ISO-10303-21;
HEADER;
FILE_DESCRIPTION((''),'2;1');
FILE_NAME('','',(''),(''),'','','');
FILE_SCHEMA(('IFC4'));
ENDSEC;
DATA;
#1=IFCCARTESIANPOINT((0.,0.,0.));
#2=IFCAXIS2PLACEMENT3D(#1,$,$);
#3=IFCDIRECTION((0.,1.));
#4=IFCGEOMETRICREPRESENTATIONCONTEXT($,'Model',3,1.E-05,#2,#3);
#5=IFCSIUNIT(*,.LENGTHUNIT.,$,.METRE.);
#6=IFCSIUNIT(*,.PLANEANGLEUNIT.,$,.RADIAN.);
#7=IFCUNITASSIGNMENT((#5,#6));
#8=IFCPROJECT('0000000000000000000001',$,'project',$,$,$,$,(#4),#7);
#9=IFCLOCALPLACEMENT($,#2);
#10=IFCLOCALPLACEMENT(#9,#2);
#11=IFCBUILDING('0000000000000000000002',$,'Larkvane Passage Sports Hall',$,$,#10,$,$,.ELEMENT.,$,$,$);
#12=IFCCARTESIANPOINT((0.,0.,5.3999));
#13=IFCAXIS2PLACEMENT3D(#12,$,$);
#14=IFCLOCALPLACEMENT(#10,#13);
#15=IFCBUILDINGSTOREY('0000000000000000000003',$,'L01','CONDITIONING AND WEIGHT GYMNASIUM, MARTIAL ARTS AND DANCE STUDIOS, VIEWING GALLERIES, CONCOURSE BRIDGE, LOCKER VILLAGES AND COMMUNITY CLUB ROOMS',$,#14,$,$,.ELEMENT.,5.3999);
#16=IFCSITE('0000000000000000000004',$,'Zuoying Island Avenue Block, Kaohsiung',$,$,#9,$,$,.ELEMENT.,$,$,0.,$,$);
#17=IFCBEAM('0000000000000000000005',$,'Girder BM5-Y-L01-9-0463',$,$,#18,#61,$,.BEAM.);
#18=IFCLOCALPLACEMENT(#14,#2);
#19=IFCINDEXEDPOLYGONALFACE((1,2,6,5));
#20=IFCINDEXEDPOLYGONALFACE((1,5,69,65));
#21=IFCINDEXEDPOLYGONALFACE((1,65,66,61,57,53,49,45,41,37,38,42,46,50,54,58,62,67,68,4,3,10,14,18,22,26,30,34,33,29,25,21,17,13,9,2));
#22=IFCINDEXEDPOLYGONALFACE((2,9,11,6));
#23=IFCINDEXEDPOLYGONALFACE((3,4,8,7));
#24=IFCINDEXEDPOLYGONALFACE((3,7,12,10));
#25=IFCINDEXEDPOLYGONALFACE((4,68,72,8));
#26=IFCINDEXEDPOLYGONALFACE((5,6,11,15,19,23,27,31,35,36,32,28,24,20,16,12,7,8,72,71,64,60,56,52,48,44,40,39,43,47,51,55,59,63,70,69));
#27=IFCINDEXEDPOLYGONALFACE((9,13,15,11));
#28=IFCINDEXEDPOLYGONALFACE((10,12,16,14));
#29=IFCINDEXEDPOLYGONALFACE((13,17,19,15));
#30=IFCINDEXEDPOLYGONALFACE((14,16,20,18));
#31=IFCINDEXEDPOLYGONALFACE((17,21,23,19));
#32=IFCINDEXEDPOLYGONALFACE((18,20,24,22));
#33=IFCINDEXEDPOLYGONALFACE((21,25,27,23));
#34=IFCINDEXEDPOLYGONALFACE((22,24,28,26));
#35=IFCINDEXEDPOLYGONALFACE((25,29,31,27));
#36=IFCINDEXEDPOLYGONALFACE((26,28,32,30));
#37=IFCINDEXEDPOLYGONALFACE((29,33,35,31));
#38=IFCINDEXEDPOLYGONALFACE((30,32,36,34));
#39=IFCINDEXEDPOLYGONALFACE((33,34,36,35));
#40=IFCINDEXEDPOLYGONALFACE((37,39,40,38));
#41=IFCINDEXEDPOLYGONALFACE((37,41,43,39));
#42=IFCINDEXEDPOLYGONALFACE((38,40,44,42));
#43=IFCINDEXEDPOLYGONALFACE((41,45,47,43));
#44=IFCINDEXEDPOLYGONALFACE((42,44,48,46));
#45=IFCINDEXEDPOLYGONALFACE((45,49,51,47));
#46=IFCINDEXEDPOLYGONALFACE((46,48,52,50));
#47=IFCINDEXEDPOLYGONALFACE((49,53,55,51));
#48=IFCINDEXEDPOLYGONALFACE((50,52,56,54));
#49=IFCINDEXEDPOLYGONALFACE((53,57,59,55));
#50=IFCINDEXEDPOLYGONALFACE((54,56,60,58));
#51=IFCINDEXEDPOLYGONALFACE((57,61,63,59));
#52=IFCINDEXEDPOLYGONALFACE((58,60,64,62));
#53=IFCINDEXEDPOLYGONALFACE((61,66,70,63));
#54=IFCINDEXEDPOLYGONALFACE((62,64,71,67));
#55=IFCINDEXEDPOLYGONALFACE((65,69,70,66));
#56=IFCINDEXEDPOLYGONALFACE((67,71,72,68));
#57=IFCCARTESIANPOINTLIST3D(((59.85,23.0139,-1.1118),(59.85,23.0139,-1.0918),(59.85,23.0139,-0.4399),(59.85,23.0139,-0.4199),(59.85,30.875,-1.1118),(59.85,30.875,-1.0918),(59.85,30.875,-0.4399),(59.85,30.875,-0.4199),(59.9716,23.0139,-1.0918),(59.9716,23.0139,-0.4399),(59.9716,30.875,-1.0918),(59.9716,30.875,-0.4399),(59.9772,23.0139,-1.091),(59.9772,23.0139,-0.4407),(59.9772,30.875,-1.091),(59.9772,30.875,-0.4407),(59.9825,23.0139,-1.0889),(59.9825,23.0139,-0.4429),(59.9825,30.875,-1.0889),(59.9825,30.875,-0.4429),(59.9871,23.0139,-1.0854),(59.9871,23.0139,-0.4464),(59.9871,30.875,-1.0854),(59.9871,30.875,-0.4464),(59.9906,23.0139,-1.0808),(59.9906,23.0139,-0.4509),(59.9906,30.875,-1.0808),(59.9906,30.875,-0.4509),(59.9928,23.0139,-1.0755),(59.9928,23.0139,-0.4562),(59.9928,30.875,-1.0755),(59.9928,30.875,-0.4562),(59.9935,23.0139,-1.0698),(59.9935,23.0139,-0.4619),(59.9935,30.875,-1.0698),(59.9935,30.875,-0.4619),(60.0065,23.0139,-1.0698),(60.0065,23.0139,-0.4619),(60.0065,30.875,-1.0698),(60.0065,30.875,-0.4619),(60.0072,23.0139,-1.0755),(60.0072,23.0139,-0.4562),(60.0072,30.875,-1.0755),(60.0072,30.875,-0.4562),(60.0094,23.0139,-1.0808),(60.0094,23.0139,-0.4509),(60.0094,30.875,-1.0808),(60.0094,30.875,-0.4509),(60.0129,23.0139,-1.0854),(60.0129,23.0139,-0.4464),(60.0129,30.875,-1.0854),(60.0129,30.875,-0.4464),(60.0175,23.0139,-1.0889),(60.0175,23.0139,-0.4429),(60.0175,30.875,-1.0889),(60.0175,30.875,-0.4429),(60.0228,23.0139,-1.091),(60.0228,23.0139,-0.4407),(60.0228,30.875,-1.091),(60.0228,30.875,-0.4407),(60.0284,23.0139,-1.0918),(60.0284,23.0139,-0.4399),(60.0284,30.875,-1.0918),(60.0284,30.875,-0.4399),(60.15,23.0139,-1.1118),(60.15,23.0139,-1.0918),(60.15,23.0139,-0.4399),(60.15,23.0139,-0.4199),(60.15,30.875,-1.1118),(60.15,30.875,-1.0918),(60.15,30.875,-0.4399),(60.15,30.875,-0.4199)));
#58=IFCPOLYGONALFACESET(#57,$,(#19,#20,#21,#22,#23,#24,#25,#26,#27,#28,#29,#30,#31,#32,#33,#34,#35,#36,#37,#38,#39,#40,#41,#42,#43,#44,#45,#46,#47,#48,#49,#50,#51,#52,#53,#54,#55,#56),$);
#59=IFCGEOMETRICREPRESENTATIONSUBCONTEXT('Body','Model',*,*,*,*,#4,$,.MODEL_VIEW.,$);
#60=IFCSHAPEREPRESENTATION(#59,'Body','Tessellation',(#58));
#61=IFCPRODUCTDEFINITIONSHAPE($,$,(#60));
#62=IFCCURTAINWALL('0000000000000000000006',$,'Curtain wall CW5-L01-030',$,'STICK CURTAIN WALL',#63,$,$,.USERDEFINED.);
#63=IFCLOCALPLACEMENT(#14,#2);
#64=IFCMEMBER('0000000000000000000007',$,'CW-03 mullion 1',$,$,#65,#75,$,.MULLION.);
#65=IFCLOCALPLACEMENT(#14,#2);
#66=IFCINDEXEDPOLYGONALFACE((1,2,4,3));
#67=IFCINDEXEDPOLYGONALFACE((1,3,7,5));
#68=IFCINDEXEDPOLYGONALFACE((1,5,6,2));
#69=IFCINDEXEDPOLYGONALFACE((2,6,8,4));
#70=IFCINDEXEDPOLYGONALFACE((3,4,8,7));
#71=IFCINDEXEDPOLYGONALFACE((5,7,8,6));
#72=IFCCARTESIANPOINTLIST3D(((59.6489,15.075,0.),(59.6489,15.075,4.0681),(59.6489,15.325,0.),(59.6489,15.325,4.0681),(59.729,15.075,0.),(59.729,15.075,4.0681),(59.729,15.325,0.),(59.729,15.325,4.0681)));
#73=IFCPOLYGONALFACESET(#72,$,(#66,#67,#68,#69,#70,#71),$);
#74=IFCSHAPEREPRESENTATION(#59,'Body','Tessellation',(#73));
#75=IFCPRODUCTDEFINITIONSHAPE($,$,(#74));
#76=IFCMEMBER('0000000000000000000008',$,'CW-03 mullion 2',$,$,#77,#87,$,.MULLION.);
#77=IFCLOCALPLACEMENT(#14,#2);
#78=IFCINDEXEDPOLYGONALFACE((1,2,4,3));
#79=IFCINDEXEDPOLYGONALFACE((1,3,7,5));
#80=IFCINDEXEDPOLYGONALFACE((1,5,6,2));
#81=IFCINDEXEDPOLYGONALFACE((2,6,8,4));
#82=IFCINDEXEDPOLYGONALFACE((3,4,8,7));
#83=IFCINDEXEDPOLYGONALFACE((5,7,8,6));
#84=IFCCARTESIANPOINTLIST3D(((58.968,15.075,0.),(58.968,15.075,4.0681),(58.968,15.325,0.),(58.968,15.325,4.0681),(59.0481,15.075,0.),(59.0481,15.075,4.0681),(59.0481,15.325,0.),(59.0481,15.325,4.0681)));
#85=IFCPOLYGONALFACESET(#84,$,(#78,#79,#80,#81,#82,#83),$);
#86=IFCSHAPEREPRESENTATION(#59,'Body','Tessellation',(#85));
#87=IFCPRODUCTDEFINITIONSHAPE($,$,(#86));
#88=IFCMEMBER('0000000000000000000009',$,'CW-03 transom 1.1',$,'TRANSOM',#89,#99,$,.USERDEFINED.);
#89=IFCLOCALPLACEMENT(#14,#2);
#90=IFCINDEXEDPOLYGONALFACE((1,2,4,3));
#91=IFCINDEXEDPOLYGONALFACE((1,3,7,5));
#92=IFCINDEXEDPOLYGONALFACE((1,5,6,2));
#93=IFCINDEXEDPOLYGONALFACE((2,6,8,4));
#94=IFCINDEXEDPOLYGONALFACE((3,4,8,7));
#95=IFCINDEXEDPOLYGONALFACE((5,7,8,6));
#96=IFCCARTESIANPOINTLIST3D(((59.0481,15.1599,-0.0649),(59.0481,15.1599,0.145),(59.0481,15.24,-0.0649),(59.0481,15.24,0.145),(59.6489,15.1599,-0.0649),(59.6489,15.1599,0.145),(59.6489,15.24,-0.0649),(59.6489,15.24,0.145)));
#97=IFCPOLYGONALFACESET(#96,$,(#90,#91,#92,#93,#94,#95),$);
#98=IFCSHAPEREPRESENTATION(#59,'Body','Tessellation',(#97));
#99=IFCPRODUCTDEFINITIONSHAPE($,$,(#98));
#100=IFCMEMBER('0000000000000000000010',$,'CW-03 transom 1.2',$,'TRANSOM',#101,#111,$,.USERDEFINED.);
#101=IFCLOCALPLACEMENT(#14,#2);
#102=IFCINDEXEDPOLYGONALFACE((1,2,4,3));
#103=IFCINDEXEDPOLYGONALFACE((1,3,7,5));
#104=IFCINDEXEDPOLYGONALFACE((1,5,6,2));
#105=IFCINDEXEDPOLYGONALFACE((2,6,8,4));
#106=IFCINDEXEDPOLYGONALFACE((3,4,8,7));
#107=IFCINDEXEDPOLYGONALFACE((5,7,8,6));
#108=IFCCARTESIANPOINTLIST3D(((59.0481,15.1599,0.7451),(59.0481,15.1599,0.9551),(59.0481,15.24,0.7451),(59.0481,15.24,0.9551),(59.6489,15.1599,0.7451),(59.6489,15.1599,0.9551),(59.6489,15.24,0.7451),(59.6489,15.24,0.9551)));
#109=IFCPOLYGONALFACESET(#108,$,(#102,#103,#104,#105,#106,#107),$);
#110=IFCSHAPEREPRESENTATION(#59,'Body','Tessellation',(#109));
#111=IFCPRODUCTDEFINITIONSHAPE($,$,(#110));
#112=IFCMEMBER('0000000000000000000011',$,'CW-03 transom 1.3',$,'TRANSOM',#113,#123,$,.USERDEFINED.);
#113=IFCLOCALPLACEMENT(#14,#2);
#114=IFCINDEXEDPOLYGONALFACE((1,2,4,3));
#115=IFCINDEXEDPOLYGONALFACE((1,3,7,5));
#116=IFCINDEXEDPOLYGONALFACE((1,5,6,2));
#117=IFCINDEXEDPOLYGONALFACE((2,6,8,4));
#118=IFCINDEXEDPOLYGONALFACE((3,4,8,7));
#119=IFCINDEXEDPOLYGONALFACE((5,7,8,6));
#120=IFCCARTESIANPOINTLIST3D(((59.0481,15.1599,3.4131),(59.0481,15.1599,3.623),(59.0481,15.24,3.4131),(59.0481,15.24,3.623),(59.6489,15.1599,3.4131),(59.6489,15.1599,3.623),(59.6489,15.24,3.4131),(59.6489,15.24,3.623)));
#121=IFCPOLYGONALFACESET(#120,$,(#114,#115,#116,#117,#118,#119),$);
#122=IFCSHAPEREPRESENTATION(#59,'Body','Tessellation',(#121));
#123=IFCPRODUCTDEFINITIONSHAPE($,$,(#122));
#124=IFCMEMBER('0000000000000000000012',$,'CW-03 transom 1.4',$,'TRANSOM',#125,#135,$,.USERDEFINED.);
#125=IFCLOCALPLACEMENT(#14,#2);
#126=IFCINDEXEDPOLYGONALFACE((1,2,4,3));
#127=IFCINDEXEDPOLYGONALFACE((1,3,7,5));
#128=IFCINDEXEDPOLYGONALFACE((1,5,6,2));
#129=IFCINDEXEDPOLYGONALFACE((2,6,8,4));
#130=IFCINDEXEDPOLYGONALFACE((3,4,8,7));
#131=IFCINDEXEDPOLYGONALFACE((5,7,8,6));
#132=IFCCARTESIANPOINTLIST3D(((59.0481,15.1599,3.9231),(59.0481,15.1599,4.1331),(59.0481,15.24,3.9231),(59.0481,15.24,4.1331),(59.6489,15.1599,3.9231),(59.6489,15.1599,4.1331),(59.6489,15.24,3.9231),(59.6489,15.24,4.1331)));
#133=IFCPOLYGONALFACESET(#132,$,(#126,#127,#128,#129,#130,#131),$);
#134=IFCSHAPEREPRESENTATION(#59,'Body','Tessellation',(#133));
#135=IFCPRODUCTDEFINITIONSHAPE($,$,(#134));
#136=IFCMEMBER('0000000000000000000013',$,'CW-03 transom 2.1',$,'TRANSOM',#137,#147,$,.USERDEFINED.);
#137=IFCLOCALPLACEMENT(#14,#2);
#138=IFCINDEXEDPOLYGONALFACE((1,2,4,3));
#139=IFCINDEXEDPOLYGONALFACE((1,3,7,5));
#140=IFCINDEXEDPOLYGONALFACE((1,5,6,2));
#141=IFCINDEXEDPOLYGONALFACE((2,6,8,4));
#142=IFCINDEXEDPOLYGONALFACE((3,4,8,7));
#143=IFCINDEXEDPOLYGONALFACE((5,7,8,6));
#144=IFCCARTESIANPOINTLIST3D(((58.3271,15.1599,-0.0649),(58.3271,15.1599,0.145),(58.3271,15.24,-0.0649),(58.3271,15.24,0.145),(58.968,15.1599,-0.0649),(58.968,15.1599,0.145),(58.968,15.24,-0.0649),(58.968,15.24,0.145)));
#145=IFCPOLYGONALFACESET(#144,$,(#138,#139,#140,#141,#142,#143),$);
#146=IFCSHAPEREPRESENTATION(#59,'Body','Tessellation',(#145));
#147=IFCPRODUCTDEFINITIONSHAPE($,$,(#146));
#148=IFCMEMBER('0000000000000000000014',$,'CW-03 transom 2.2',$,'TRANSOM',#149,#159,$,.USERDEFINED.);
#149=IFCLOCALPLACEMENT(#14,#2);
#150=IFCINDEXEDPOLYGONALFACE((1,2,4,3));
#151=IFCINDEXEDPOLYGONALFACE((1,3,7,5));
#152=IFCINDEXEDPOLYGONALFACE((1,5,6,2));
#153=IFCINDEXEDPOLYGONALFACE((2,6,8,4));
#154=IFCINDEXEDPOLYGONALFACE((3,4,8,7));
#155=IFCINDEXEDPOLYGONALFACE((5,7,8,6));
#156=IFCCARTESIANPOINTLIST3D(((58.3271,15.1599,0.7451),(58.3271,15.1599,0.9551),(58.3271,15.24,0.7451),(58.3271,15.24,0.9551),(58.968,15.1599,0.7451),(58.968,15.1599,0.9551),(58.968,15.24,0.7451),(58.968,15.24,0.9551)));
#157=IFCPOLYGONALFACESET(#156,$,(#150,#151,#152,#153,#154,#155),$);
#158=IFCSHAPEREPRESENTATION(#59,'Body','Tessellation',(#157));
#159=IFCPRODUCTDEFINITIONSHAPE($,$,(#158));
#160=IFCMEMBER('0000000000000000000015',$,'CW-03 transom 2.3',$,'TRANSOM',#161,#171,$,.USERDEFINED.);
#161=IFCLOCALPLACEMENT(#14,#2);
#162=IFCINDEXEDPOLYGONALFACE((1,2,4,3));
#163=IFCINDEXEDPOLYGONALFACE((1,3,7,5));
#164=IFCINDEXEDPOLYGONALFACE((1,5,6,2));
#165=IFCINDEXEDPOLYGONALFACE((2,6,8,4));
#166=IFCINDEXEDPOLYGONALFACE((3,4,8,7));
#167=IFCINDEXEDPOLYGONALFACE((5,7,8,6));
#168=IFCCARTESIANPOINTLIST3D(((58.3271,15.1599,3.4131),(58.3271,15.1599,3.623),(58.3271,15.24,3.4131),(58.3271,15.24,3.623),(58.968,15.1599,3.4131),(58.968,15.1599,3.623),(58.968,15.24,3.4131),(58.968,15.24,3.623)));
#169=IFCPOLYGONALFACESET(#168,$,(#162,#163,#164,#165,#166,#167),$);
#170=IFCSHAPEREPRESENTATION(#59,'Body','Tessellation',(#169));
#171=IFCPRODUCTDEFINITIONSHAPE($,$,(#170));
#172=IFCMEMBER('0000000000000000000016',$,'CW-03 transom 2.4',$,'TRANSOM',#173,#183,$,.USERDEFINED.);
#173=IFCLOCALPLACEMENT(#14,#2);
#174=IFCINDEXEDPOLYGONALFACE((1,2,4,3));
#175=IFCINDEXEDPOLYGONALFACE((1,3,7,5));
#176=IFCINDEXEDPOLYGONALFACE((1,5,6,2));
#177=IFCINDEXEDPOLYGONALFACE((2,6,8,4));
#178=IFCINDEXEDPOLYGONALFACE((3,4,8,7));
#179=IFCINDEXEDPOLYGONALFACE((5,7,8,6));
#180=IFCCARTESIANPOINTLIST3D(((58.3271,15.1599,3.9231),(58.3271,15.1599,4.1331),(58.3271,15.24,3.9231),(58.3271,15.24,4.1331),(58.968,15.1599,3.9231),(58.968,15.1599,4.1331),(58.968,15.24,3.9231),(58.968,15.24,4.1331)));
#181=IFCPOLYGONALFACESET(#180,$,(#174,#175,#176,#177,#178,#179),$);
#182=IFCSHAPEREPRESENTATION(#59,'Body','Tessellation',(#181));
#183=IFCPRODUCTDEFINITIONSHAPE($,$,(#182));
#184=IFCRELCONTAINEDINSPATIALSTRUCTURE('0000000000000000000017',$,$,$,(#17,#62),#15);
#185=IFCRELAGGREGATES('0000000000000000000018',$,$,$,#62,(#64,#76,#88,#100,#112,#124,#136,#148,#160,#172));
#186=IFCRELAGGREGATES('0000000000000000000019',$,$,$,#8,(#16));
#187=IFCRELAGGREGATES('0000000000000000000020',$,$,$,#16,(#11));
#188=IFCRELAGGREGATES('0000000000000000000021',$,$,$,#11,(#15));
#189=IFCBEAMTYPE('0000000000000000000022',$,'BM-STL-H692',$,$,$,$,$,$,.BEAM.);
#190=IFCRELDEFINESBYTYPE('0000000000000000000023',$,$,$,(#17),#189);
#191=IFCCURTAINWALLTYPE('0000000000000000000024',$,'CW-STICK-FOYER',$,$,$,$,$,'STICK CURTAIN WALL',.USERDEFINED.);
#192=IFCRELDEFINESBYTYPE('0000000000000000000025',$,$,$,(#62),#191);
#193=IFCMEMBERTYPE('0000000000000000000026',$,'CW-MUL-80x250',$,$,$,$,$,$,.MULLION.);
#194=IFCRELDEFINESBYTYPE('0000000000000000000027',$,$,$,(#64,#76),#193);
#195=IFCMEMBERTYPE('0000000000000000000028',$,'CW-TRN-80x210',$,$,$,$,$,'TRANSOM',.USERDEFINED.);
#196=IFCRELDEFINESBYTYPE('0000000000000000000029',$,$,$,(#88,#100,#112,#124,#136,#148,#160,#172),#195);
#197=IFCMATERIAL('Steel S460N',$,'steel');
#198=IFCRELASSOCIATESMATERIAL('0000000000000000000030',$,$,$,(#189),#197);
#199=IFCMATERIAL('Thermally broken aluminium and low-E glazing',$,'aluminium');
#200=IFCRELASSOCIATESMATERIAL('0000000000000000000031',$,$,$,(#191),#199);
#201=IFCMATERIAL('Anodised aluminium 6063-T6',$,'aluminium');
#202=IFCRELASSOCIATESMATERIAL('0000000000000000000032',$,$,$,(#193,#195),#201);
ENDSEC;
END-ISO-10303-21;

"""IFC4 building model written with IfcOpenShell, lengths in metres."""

from ifc_helpers import new_model, si_unit, direction, frame, origin, origin_2d, place, context, subcontext, project, spatial, rectangle, i_section, extrude, material, material_profile, profile_set, type_object, element, aggregate, save


model = new_model("IFC4")

# Units and contexts
model_context = context("Model", 3, precision=1e-05, world=origin(), true_north=direction((0.0, 1.0)))
body_context = subcontext(model_context, "Body", "Model", "MODEL_VIEW")
ifc_project = project(units=[si_unit("LENGTHUNIT", "METRE"), si_unit("PLANEANGLEUNIT", "RADIAN")], contexts=[model_context])

# Site, building, storey
site_placement = place(None, origin())
site = spatial("IfcSite", under=ifc_project, at=site_placement, Name="Zuoying Island Avenue Block, Kaohsiung", CompositionType="ELEMENT", RefElevation=0.0)
building_placement = place(site_placement, origin())
building = spatial("IfcBuilding", under=site, at=building_placement, Name="Larkvane Passage Sports Hall", CompositionType="ELEMENT")
storey_placement = place(building_placement, frame((0.0, 0.0, 5.3999)))
storey = spatial("IfcBuildingStorey", under=building, at=storey_placement, Name="L01", Description="CONDITIONING AND WEIGHT GYMNASIUM, MARTIAL ARTS AND DANCE STUDIOS, VIEWING GALLERIES, CONCOURSE BRIDGE, LOCKER VILLAGES AND COMMUNITY CLUB ROOMS", CompositionType="ELEMENT", Elevation=5.3999)

# Shared definitions
ifc_material_1 = material(Name="Steel S460N", Category="steel")

# Beam
ifc_material_profile_1 = material_profile(ifc_material_1, i_section(OverallWidth=0.3, OverallDepth=0.6919, WebThickness=0.0129, FlangeThickness=0.02, FilletRadius=0.022, at=origin_2d()), Name="H-692x300x13x20")
ifc_profile_set_1 = profile_set([ifc_material_profile_1], Name="Steel S460N")
beam_type_1 = type_object("IfcBeamType", Name="BM-STL-H692", PredefinedType="BEAM", material=ifc_profile_set_1)
beam_1_placement = place(storey_placement, frame((60.0, 23.0139, -0.7659), z_axis=(0.0, 1.0, 0.0), x_axis=(-1.0, 0.0, 0.0)))
element("IfcBeam", 1, at=beam_1_placement, inside=storey, type_object=beam_type_1, Name="Girder BM5-Y-L01-9-0463", PredefinedType="BEAM", context=body_context, shape_type="SweptSolid", body=[
    extrude(i_section(OverallWidth=0.3, OverallDepth=0.6919, WebThickness=0.0129, FlangeThickness=0.02, FilletRadius=0.022, at=origin_2d()), origin(), (0.0, 0.0, 1.0), 7.8611),
])

# Curtain wall, members
ifc_material_2 = material(Name="Thermally broken aluminium and low-E glazing", Category="aluminium")
curtain_wall_type = type_object("IfcCurtainWallType", Name="CW-STICK-FOYER", ElementType="STICK CURTAIN WALL", PredefinedType="USERDEFINED", material=ifc_material_2)
curtain_wall_placement = place(storey_placement, origin())
curtain_wall = element("IfcCurtainWall", 2, at=curtain_wall_placement, inside=storey, type_object=curtain_wall_type, Name="Curtain wall CW5-L01-030", ObjectType="STICK CURTAIN WALL", PredefinedType="USERDEFINED")
ifc_material_3 = material(Name="Anodised aluminium 6063-T6", Category="aluminium")
ifc_material_profile_2 = material_profile(ifc_material_3, rectangle(XDim=0.0801, YDim=0.25, at=origin_2d()), Name="ALU-MUL-80x250")
ifc_profile_set_2 = profile_set([ifc_material_profile_2], Name="Anodised aluminium 6063-T6")
member_type_1 = type_object("IfcMemberType", Name="CW-MUL-80x250", PredefinedType="MULLION", material=ifc_profile_set_2)
member_1_placement = place(storey_placement, frame((59.689, 15.2, 0.0), z_axis=(0.0, 0.0, 1.0), x_axis=(-1.0, 0.0, 0.0)))
member_1 = element("IfcMember", 3, at=member_1_placement, type_object=member_type_1, Name="CW-03 mullion 1", PredefinedType="MULLION", context=body_context, shape_type="SweptSolid", body=[
    extrude(rectangle(XDim=0.0801, YDim=0.25, at=origin_2d()), origin(), (0.0, 0.0, 1.0), 4.0681),
])
member_2_placement = place(storey_placement, frame((59.0081, 15.2, 0.0), z_axis=(0.0, 0.0, 1.0), x_axis=(-1.0, 0.0, 0.0)))
member_2 = element("IfcMember", 4, at=member_2_placement, type_object=member_type_1, Name="CW-03 mullion 2", PredefinedType="MULLION", context=body_context, shape_type="SweptSolid", body=[
    extrude(rectangle(XDim=0.0801, YDim=0.25, at=origin_2d()), origin(), (0.0, 0.0, 1.0), 4.0681),
])
ifc_material_profile_3 = material_profile(ifc_material_3, rectangle(XDim=0.0801, YDim=0.21, at=origin_2d()), Name="ALU-TRN-80x210")
ifc_profile_set_3 = profile_set([ifc_material_profile_3], Name="Anodised aluminium 6063-T6")
member_type_2 = type_object("IfcMemberType", Name="CW-TRN-80x210", ElementType="TRANSOM", PredefinedType="USERDEFINED", material=ifc_profile_set_3)
member_3_placement = place(storey_placement, frame((59.6489, 15.2, 0.04), z_axis=(-1.0, 0.0, 0.0), x_axis=(0.0, -1.0, 0.0)))
member_3 = element("IfcMember", 5, at=member_3_placement, type_object=member_type_2, Name="CW-03 transom 1.1", ObjectType="TRANSOM", PredefinedType="USERDEFINED", context=body_context, shape_type="SweptSolid", body=[
    extrude(rectangle(XDim=0.0801, YDim=0.21, at=origin_2d()), origin(), (0.0, 0.0, 1.0), 0.6008),
])
member_4_placement = place(storey_placement, frame((59.6489, 15.2, 0.8501), z_axis=(-1.0, 0.0, 0.0), x_axis=(0.0, -1.0, 0.0)))
member_4 = element("IfcMember", 6, at=member_4_placement, type_object=member_type_2, Name="CW-03 transom 1.2", ObjectType="TRANSOM", PredefinedType="USERDEFINED", context=body_context, shape_type="SweptSolid", body=[
    extrude(rectangle(XDim=0.0801, YDim=0.21, at=origin_2d()), origin(), (0.0, 0.0, 1.0), 0.6008),
])
member_5_placement = place(storey_placement, frame((59.6489, 15.2, 3.5181), z_axis=(-1.0, 0.0, 0.0), x_axis=(0.0, -1.0, 0.0)))
member_5 = element("IfcMember", 7, at=member_5_placement, type_object=member_type_2, Name="CW-03 transom 1.3", ObjectType="TRANSOM", PredefinedType="USERDEFINED", context=body_context, shape_type="SweptSolid", body=[
    extrude(rectangle(XDim=0.0801, YDim=0.21, at=origin_2d()), origin(), (0.0, 0.0, 1.0), 0.6008),
])
member_6_placement = place(storey_placement, frame((59.6489, 15.2, 4.0281), z_axis=(-1.0, 0.0, 0.0), x_axis=(0.0, -1.0, 0.0)))
member_6 = element("IfcMember", 8, at=member_6_placement, type_object=member_type_2, Name="CW-03 transom 1.4", ObjectType="TRANSOM", PredefinedType="USERDEFINED", context=body_context, shape_type="SweptSolid", body=[
    extrude(rectangle(XDim=0.0801, YDim=0.21, at=origin_2d()), origin(), (0.0, 0.0, 1.0), 0.6008),
])
member_7_placement = place(storey_placement, frame((58.968, 15.2, 0.04), z_axis=(-1.0, 0.0, 0.0), x_axis=(0.0, -1.0, 0.0)))
member_7 = element("IfcMember", 9, at=member_7_placement, type_object=member_type_2, Name="CW-03 transom 2.1", ObjectType="TRANSOM", PredefinedType="USERDEFINED", context=body_context, shape_type="SweptSolid", body=[
    extrude(rectangle(XDim=0.0801, YDim=0.21, at=origin_2d()), origin(), (0.0, 0.0, 1.0), 0.6409),
])
member_8_placement = place(storey_placement, frame((58.968, 15.2, 0.8501), z_axis=(-1.0, 0.0, 0.0), x_axis=(0.0, -1.0, 0.0)))
member_8 = element("IfcMember", 10, at=member_8_placement, type_object=member_type_2, Name="CW-03 transom 2.2", ObjectType="TRANSOM", PredefinedType="USERDEFINED", context=body_context, shape_type="SweptSolid", body=[
    extrude(rectangle(XDim=0.0801, YDim=0.21, at=origin_2d()), origin(), (0.0, 0.0, 1.0), 0.6409),
])
member_9_placement = place(storey_placement, frame((58.968, 15.2, 3.5181), z_axis=(-1.0, 0.0, 0.0), x_axis=(0.0, -1.0, 0.0)))
member_9 = element("IfcMember", 11, at=member_9_placement, type_object=member_type_2, Name="CW-03 transom 2.3", ObjectType="TRANSOM", PredefinedType="USERDEFINED", context=body_context, shape_type="SweptSolid", body=[
    extrude(rectangle(XDim=0.0801, YDim=0.21, at=origin_2d()), origin(), (0.0, 0.0, 1.0), 0.6409),
])
member_10_placement = place(storey_placement, frame((58.968, 15.2, 4.0281), z_axis=(-1.0, 0.0, 0.0), x_axis=(0.0, -1.0, 0.0)))
member_10 = element("IfcMember", 12, at=member_10_placement, type_object=member_type_2, Name="CW-03 transom 2.4", ObjectType="TRANSOM", PredefinedType="USERDEFINED", context=body_context, shape_type="SweptSolid", body=[
    extrude(rectangle(XDim=0.0801, YDim=0.21, at=origin_2d()), origin(), (0.0, 0.0, 1.0), 0.6409),
])

aggregate(curtain_wall, [member_1, member_2, member_3, member_4, member_5, member_6, member_7, member_8, member_9, member_10])

save(model, "model.ifc")
